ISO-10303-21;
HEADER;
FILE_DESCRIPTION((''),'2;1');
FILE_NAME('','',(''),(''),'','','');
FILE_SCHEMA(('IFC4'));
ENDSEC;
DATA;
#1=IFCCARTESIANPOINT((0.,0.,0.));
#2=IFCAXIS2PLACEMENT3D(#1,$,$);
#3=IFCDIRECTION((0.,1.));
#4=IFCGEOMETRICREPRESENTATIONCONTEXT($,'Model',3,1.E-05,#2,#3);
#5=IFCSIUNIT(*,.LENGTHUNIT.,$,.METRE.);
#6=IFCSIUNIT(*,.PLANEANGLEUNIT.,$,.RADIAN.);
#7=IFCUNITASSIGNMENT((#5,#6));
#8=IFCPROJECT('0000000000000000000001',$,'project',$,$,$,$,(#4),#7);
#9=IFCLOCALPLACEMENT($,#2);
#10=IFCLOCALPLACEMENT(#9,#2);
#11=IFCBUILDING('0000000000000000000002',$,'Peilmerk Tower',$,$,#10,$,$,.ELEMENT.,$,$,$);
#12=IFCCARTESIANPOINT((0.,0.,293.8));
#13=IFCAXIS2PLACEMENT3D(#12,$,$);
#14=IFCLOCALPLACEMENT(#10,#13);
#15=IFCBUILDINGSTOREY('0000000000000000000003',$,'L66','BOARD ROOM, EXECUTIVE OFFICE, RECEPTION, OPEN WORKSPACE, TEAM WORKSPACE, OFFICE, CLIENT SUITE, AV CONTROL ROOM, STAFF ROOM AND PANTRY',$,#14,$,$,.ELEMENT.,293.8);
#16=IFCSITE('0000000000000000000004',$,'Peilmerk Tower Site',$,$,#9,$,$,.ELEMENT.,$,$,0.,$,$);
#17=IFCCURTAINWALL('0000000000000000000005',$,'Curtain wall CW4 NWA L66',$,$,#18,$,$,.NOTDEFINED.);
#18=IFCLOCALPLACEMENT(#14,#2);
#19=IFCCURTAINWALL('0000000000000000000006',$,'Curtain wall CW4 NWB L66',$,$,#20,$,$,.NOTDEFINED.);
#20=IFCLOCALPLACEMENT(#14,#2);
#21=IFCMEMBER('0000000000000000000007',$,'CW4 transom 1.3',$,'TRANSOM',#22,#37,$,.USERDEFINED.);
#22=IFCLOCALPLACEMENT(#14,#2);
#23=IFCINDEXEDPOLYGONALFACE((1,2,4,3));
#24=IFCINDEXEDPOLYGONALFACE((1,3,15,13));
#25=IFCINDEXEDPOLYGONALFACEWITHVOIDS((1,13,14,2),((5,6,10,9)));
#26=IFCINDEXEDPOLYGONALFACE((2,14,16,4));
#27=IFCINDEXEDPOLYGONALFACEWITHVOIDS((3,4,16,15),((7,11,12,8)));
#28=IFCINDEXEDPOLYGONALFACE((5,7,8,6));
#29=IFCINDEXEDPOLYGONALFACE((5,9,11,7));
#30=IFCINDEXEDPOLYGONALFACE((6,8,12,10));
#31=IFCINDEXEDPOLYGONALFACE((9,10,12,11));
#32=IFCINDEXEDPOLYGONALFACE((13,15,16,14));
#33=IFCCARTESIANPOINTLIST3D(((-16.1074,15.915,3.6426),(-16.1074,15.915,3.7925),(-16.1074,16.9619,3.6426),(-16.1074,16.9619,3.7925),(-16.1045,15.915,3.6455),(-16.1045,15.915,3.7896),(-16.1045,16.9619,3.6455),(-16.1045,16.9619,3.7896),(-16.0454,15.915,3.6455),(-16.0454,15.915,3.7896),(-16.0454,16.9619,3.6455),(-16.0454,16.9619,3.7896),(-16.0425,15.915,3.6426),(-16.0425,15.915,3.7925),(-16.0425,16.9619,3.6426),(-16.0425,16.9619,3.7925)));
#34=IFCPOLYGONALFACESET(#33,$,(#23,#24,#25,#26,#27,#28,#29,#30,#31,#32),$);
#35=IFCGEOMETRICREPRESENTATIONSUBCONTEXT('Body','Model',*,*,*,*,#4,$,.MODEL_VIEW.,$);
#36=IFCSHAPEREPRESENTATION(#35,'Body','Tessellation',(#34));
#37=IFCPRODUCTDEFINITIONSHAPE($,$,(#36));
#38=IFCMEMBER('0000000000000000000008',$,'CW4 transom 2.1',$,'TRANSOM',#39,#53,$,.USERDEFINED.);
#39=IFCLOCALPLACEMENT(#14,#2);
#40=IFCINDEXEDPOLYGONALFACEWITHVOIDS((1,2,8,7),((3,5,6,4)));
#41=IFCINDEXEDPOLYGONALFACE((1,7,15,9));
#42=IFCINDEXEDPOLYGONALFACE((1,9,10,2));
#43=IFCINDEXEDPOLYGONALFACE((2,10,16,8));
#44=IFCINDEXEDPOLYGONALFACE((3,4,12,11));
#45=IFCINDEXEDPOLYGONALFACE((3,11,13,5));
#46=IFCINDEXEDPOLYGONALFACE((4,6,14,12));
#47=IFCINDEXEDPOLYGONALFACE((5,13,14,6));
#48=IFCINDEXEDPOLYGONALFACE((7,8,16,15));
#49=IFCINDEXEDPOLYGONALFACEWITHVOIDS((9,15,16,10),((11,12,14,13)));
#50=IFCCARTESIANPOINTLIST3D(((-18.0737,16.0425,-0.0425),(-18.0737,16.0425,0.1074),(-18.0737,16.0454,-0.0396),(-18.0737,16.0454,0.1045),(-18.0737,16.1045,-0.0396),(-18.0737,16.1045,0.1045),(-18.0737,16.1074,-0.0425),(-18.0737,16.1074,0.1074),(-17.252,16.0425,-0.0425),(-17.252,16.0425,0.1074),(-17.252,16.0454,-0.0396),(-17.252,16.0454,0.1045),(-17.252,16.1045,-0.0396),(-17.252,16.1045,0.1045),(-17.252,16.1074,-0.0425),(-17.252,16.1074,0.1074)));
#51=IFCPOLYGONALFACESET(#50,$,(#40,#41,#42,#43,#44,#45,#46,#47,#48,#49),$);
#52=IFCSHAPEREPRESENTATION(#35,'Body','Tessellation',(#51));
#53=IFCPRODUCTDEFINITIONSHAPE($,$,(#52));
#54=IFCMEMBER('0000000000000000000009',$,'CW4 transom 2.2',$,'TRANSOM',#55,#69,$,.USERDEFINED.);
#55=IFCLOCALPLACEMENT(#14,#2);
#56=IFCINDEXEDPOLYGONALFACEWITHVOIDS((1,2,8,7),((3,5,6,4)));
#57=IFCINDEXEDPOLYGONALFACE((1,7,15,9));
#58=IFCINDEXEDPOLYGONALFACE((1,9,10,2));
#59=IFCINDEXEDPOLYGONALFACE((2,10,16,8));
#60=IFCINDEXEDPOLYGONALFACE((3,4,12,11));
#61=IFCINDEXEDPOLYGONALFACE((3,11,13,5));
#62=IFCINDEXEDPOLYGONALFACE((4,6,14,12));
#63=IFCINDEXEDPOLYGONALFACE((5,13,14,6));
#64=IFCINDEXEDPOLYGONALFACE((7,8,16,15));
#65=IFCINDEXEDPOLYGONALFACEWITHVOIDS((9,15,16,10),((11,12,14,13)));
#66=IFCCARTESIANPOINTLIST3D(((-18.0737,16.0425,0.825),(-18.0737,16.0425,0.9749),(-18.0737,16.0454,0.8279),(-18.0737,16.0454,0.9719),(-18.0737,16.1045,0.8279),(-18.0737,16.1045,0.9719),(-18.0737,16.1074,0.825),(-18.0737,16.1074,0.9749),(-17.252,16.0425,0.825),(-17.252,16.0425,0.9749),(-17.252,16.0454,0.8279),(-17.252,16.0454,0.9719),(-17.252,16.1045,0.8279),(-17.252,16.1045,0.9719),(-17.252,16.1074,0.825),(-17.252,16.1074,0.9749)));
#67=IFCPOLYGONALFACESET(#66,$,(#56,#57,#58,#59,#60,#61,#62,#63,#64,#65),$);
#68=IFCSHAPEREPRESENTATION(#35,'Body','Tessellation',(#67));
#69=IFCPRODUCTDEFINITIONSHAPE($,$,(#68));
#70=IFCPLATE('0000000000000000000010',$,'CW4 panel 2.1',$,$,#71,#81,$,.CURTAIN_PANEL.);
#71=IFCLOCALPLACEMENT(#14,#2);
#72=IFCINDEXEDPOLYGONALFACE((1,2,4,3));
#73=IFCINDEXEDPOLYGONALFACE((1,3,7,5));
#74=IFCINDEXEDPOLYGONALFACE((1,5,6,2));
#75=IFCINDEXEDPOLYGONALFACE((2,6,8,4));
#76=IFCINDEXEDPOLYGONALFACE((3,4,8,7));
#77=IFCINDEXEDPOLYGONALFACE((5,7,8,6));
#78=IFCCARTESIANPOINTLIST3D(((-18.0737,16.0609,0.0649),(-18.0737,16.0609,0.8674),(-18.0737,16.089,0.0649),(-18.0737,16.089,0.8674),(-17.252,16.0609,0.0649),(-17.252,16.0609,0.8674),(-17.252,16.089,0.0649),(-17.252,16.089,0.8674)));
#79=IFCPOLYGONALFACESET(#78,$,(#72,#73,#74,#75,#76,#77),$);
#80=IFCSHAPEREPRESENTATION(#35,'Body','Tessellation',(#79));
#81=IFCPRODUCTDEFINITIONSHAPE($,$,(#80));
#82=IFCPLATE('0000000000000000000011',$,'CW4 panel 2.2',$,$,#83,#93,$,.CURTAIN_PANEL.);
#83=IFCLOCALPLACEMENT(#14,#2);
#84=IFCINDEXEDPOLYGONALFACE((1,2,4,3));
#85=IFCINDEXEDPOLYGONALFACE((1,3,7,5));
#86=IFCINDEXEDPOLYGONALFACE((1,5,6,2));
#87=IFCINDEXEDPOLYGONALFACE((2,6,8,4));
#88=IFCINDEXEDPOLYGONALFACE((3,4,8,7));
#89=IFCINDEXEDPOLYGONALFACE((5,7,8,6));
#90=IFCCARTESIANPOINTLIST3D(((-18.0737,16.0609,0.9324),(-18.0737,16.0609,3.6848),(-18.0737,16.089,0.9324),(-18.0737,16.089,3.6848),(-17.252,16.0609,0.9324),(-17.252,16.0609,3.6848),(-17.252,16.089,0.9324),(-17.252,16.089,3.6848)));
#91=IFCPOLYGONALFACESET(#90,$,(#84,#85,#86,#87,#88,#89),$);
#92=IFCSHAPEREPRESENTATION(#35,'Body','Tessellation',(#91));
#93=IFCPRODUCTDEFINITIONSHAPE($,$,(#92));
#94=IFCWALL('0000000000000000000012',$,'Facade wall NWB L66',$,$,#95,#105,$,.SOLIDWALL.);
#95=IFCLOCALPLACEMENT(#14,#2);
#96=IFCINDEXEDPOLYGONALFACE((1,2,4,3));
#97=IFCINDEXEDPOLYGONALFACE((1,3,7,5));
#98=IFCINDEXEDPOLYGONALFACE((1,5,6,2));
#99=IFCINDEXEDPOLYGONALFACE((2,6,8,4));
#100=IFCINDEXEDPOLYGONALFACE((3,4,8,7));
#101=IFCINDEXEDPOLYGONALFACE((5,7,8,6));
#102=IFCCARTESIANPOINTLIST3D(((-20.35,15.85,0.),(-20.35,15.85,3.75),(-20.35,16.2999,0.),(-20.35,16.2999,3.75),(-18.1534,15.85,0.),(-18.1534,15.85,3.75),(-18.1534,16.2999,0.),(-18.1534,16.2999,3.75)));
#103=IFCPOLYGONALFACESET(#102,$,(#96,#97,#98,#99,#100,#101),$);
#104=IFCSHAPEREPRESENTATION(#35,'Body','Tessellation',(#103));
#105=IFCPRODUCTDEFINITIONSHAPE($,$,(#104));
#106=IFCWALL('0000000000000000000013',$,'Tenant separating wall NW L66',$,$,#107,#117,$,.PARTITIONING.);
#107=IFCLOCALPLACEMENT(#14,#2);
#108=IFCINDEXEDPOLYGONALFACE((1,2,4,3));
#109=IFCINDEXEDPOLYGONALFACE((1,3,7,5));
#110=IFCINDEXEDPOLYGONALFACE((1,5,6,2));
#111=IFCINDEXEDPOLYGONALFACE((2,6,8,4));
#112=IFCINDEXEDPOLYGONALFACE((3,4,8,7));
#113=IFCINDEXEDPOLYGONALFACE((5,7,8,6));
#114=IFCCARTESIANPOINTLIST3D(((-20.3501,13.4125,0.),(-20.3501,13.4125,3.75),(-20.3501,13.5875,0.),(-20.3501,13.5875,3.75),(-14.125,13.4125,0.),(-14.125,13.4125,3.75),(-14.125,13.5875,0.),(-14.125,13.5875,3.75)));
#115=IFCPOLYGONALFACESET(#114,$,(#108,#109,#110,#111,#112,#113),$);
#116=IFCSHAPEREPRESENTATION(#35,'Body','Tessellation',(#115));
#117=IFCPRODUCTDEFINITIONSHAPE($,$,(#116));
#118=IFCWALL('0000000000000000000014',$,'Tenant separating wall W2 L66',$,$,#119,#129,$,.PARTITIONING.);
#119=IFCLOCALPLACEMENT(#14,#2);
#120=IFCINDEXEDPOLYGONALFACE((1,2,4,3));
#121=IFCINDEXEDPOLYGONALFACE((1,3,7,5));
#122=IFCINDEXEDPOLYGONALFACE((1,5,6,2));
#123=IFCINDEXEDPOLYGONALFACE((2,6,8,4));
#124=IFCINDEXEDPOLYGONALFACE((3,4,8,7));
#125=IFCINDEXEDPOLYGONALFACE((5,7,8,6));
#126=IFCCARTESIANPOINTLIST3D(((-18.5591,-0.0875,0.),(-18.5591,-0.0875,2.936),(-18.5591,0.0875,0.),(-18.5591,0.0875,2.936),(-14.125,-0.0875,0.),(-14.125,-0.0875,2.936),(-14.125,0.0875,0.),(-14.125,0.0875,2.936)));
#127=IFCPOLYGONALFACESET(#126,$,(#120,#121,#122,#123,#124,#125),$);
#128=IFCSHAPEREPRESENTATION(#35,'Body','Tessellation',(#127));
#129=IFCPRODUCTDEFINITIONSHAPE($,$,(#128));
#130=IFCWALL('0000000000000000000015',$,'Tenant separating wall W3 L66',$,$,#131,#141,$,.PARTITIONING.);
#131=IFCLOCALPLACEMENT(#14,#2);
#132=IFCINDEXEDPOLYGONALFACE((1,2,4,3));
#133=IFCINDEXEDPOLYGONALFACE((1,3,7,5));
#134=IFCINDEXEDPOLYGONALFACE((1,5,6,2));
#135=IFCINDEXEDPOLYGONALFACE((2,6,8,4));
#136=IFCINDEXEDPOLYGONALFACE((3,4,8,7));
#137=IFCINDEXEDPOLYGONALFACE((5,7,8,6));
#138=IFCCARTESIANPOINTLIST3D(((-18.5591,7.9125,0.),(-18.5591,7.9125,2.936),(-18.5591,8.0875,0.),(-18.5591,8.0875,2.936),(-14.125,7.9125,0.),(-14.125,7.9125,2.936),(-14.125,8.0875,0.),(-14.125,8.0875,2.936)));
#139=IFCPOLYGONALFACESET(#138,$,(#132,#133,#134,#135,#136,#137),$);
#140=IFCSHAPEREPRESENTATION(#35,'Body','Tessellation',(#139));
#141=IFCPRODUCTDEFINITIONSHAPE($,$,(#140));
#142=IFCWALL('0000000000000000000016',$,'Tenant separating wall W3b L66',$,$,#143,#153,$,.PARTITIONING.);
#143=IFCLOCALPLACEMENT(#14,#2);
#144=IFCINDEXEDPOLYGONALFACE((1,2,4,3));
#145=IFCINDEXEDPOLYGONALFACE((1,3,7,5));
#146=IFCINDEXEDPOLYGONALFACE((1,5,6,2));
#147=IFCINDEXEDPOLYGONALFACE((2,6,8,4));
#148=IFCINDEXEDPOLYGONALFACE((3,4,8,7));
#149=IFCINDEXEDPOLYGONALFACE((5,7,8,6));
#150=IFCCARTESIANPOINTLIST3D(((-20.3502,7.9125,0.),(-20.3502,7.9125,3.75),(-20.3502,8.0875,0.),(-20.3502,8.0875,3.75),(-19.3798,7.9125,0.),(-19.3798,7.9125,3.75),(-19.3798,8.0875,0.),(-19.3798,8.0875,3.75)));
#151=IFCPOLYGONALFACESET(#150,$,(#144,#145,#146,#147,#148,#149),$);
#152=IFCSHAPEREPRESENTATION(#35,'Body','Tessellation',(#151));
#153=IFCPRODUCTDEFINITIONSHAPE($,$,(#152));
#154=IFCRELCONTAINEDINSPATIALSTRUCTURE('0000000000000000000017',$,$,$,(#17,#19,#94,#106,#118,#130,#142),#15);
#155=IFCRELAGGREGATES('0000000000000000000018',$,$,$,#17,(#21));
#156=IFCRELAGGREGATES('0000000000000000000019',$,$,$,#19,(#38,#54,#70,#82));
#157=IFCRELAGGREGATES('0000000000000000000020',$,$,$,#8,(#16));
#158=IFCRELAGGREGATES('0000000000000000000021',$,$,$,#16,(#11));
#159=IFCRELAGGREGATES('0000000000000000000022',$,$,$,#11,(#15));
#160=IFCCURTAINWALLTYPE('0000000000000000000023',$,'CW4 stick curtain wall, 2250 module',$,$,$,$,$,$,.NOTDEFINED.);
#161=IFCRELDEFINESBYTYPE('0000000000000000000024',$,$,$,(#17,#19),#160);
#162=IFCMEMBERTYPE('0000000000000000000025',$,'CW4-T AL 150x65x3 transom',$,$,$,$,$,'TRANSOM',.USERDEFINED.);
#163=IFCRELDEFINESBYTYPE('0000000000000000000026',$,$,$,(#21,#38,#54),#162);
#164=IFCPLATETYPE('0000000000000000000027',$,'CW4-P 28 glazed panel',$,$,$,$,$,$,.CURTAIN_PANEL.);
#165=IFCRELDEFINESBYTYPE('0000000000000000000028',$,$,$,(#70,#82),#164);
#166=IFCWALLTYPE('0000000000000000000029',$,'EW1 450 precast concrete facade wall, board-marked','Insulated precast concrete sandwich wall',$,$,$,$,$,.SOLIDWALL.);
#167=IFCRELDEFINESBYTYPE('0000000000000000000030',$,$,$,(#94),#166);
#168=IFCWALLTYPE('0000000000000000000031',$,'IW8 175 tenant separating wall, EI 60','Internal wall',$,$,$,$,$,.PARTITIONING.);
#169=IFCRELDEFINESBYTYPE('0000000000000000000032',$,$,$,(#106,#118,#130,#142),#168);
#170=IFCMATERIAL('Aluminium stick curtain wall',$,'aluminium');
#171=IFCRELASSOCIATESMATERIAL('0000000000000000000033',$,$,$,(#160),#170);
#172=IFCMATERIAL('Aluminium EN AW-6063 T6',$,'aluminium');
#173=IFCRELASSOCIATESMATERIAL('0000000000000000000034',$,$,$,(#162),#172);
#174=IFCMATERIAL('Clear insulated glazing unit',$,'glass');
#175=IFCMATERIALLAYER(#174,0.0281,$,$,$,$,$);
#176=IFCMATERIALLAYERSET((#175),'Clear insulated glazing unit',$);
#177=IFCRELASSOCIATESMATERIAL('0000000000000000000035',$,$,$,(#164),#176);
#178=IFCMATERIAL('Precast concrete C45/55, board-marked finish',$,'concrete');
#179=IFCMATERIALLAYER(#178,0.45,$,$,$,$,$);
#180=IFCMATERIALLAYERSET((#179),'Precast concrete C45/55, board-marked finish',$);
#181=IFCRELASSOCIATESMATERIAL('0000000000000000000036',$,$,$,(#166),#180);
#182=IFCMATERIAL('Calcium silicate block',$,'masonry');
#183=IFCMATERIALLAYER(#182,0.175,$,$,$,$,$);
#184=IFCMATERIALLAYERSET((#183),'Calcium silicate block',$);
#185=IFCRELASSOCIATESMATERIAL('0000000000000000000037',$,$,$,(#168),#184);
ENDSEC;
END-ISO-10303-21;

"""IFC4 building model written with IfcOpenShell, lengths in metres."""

from ifc_helpers import new_model, si_unit, direction, frame, frame_2d, origin, origin_2d, place, context, subcontext, project, spatial, rectangle, hollow_rectangle, extrude, material, layer, layer_set, material_profile, profile_set, type_object, element, aggregate, save


model = new_model("IFC4")

# Units and contexts
model_context = context("Model", 3, precision=1e-05, world=origin(), true_north=direction((0.0, 1.0)))
body_context = subcontext(model_context, "Body", "Model", "MODEL_VIEW")
ifc_project = project(units=[si_unit("LENGTHUNIT", "METRE"), si_unit("PLANEANGLEUNIT", "RADIAN")], contexts=[model_context])

# Site, building, storey
site_placement = place(None, origin())
site = spatial("IfcSite", under=ifc_project, at=site_placement, Name="Peilmerk Tower Site", CompositionType="ELEMENT", RefElevation=0.0)
building_placement = place(site_placement, origin())
building = spatial("IfcBuilding", under=site, at=building_placement, Name="Peilmerk Tower", CompositionType="ELEMENT")
storey_placement = place(building_placement, frame((0.0, 0.0, 293.8)))
storey = spatial("IfcBuildingStorey", under=building, at=storey_placement, Name="L66", Description="BOARD ROOM, EXECUTIVE OFFICE, RECEPTION, OPEN WORKSPACE, TEAM WORKSPACE, OFFICE, CLIENT SUITE, AV CONTROL ROOM, STAFF ROOM AND PANTRY", CompositionType="ELEMENT", Elevation=293.8)

# Curtain walls
ifc_material_1 = material(Name="Aluminium stick curtain wall", Category="aluminium")
curtain_wall_type = type_object("IfcCurtainWallType", Name="CW4 stick curtain wall, 2250 module", PredefinedType="NOTDEFINED", material=ifc_material_1)
curtain_wall_1_placement = place(storey_placement, origin())
curtain_wall_1 = element("IfcCurtainWall", 1, at=curtain_wall_1_placement, inside=storey, type_object=curtain_wall_type, Name="Curtain wall CW4 NWA L66", PredefinedType="NOTDEFINED")
ifc_material_2 = material(Name="Aluminium EN AW-6063 T6", Category="aluminium")
curtain_wall_2_placement = place(storey_placement, origin())
curtain_wall_2 = element("IfcCurtainWall", 2, at=curtain_wall_2_placement, inside=storey, type_object=curtain_wall_type, Name="Curtain wall CW4 NWB L66", PredefinedType="NOTDEFINED")

# Members
ifc_material_profile_1 = material_profile(ifc_material_2, hollow_rectangle(XDim=0.0649, YDim=0.1499, WallThickness=0.0029, at=origin_2d()), Name="AL 150x65x3")
ifc_profile_set_1 = profile_set([ifc_material_profile_1], Name="Aluminium EN AW-6063 T6")
member_type_1 = type_object("IfcMemberType", Name="CW4-T AL 150x65x3 transom", ElementType="TRANSOM", PredefinedType="USERDEFINED", material=ifc_profile_set_1)
member_1_placement = place(storey_placement, frame((-16.075, 15.915, 3.7175), z_axis=(0.0, 1.0, 0.0), x_axis=(-1.0, 0.0, 0.0)))
member_1 = element("IfcMember", 3, at=member_1_placement, type_object=member_type_1, Name="CW4 transom 1.3", ObjectType="TRANSOM", PredefinedType="USERDEFINED", context=body_context, shape_type="SweptSolid", body=[
    extrude(hollow_rectangle(XDim=0.0649, YDim=0.1499, WallThickness=0.0029, at=origin_2d()), origin(), (0.0, 0.0, 1.0), 1.0469),
])
aggregate(curtain_wall_1, [member_1])
member_2_placement = place(storey_placement, frame((-17.252, 16.075, 0.0325), z_axis=(-1.0, 0.0, 0.0), x_axis=(0.0, -1.0, 0.0)))
member_2 = element("IfcMember", 4, at=member_2_placement, type_object=member_type_1, Name="CW4 transom 2.1", ObjectType="TRANSOM", PredefinedType="USERDEFINED", context=body_context, shape_type="SweptSolid", body=[
    extrude(hollow_rectangle(XDim=0.0649, YDim=0.1499, WallThickness=0.0029, at=origin_2d()), origin(), (0.0, 0.0, 1.0), 0.8218),
])
member_3_placement = place(storey_placement, frame((-17.252, 16.075, 0.8999), z_axis=(-1.0, 0.0, 0.0), x_axis=(0.0, -1.0, 0.0)))
member_3 = element("IfcMember", 5, at=member_3_placement, type_object=member_type_1, Name="CW4 transom 2.2", ObjectType="TRANSOM", PredefinedType="USERDEFINED", context=body_context, shape_type="SweptSolid", body=[
    extrude(hollow_rectangle(XDim=0.0649, YDim=0.1499, WallThickness=0.0029, at=origin_2d()), origin(), (0.0, 0.0, 1.0), 0.8218),
])

# Plates
ifc_material_3 = material(Name="Clear insulated glazing unit", Category="glass")
ifc_layer_1 = layer(ifc_material_3, 0.0281)
ifc_layer_set_1 = layer_set([ifc_layer_1], Name="Clear insulated glazing unit")
plate_type = type_object("IfcPlateType", Name="CW4-P 28 glazed panel", PredefinedType="CURTAIN_PANEL", material=ifc_layer_set_1)
plate_1_placement = place(storey_placement, frame((-17.6628, 16.075, 0.0649), z_axis=(0.0, 0.0, 1.0), x_axis=(-1.0, 0.0, 0.0)))
plate_1 = element("IfcPlate", 6, at=plate_1_placement, type_object=plate_type, Name="CW4 panel 2.1", PredefinedType="CURTAIN_PANEL", context=body_context, shape_type="SweptSolid", body=[
    extrude(rectangle(XDim=0.8218, YDim=0.0281, at=origin_2d()), origin(), (0.0, 0.0, 1.0), 0.8025),
])
plate_2_placement = place(storey_placement, frame((-17.6628, 16.075, 0.9324), z_axis=(0.0, 0.0, 1.0), x_axis=(-1.0, 0.0, 0.0)))
plate_2 = element("IfcPlate", 7, at=plate_2_placement, type_object=plate_type, Name="CW4 panel 2.2", PredefinedType="CURTAIN_PANEL", context=body_context, shape_type="SweptSolid", body=[
    extrude(rectangle(XDim=0.8218, YDim=0.0281, at=origin_2d()), origin(), (0.0, 0.0, 1.0), 2.7524),
])
aggregate(curtain_wall_2, [member_2, member_3, plate_1, plate_2])

# Walls
ifc_material_4 = material(Name="Precast concrete C45/55, board-marked finish", Category="concrete")
ifc_layer_2 = layer(ifc_material_4, 0.45)
ifc_layer_set_2 = layer_set([ifc_layer_2], Name="Precast concrete C45/55, board-marked finish")
wall_type_1 = type_object("IfcWallType", Name="EW1 450 precast concrete facade wall, board-marked", Description="Insulated precast concrete sandwich wall", PredefinedType="SOLIDWALL", material=ifc_layer_set_2)
wall_1_placement = place(storey_placement, frame((-18.1536, 16.075, 0.0), z_axis=(0.0, 0.0, 1.0), x_axis=(-1.0, 0.0, 0.0)))
element("IfcWall", 8, at=wall_1_placement, inside=storey, type_object=wall_type_1, Name="Facade wall NWB L66", PredefinedType="SOLIDWALL", context=body_context, shape_type="SweptSolid", body=[
    extrude(rectangle(XDim=2.1965, YDim=0.45, at=frame_2d((1.0981, 0.0))), origin(), (0.0, 0.0, 1.0), 3.75),
])
ifc_material_5 = material(Name="Calcium silicate block", Category="masonry")
ifc_layer_3 = layer(ifc_material_5, 0.175)
ifc_layer_set_3 = layer_set([ifc_layer_3], Name="Calcium silicate block")
wall_type_2 = type_object("IfcWallType", Name="IW8 175 tenant separating wall, EI 60", Description="Internal wall", PredefinedType="PARTITIONING", material=ifc_layer_set_3)
wall_2_placement = place(storey_placement, frame((-20.3501, 13.5, 0.0), z_axis=(0.0, 0.0, 1.0), x_axis=(1.0, 0.0, 0.0)))
element("IfcWall", 9, at=wall_2_placement, inside=storey, type_object=wall_type_2, Name="Tenant separating wall NW L66", PredefinedType="PARTITIONING", context=body_context, shape_type="SweptSolid", body=[
    extrude(rectangle(XDim=6.2251, YDim=0.175, at=frame_2d((3.1125, 0.0))), origin(), (0.0, 0.0, 1.0), 3.75),
])
for number, where, z_axis, x_axis, name in (
    (10, (-14.125, 0.0, 0.0), (0.0, 0.0, 1.0), (-1.0, 0.0, 0.0), "Tenant separating wall W2 L66"),
    (11, (-14.125, 8.0, 0.0), (0.0, 0.0, 1.0), (-1.0, 0.0, 0.0), "Tenant separating wall W3 L66"),
):
    element("IfcWall", number, at=place(storey_placement, frame(where, z_axis=z_axis, x_axis=x_axis)), inside=storey, type_object=wall_type_2, Name=name, PredefinedType="PARTITIONING", context=body_context, shape_type="SweptSolid", body=[
        extrude(rectangle(XDim=4.4341, YDim=0.175, at=frame_2d((2.217, 0.0))), origin(), (0.0, 0.0, 1.0), 2.936),
    ])
wall_3_placement = place(storey_placement, frame((-19.3796, 8.0, 0.0), z_axis=(0.0, 0.0, 1.0), x_axis=(-1.0, 0.0, 0.0)))
element("IfcWall", 12, at=wall_3_placement, inside=storey, type_object=wall_type_2, Name="Tenant separating wall W3b L66", PredefinedType="PARTITIONING", context=body_context, shape_type="SweptSolid", body=[
    extrude(rectangle(XDim=0.9705, YDim=0.175, at=frame_2d((0.4854, 0.0))), origin(), (0.0, 0.0, 1.0), 3.75),
])

save(model, "model.ifc")
